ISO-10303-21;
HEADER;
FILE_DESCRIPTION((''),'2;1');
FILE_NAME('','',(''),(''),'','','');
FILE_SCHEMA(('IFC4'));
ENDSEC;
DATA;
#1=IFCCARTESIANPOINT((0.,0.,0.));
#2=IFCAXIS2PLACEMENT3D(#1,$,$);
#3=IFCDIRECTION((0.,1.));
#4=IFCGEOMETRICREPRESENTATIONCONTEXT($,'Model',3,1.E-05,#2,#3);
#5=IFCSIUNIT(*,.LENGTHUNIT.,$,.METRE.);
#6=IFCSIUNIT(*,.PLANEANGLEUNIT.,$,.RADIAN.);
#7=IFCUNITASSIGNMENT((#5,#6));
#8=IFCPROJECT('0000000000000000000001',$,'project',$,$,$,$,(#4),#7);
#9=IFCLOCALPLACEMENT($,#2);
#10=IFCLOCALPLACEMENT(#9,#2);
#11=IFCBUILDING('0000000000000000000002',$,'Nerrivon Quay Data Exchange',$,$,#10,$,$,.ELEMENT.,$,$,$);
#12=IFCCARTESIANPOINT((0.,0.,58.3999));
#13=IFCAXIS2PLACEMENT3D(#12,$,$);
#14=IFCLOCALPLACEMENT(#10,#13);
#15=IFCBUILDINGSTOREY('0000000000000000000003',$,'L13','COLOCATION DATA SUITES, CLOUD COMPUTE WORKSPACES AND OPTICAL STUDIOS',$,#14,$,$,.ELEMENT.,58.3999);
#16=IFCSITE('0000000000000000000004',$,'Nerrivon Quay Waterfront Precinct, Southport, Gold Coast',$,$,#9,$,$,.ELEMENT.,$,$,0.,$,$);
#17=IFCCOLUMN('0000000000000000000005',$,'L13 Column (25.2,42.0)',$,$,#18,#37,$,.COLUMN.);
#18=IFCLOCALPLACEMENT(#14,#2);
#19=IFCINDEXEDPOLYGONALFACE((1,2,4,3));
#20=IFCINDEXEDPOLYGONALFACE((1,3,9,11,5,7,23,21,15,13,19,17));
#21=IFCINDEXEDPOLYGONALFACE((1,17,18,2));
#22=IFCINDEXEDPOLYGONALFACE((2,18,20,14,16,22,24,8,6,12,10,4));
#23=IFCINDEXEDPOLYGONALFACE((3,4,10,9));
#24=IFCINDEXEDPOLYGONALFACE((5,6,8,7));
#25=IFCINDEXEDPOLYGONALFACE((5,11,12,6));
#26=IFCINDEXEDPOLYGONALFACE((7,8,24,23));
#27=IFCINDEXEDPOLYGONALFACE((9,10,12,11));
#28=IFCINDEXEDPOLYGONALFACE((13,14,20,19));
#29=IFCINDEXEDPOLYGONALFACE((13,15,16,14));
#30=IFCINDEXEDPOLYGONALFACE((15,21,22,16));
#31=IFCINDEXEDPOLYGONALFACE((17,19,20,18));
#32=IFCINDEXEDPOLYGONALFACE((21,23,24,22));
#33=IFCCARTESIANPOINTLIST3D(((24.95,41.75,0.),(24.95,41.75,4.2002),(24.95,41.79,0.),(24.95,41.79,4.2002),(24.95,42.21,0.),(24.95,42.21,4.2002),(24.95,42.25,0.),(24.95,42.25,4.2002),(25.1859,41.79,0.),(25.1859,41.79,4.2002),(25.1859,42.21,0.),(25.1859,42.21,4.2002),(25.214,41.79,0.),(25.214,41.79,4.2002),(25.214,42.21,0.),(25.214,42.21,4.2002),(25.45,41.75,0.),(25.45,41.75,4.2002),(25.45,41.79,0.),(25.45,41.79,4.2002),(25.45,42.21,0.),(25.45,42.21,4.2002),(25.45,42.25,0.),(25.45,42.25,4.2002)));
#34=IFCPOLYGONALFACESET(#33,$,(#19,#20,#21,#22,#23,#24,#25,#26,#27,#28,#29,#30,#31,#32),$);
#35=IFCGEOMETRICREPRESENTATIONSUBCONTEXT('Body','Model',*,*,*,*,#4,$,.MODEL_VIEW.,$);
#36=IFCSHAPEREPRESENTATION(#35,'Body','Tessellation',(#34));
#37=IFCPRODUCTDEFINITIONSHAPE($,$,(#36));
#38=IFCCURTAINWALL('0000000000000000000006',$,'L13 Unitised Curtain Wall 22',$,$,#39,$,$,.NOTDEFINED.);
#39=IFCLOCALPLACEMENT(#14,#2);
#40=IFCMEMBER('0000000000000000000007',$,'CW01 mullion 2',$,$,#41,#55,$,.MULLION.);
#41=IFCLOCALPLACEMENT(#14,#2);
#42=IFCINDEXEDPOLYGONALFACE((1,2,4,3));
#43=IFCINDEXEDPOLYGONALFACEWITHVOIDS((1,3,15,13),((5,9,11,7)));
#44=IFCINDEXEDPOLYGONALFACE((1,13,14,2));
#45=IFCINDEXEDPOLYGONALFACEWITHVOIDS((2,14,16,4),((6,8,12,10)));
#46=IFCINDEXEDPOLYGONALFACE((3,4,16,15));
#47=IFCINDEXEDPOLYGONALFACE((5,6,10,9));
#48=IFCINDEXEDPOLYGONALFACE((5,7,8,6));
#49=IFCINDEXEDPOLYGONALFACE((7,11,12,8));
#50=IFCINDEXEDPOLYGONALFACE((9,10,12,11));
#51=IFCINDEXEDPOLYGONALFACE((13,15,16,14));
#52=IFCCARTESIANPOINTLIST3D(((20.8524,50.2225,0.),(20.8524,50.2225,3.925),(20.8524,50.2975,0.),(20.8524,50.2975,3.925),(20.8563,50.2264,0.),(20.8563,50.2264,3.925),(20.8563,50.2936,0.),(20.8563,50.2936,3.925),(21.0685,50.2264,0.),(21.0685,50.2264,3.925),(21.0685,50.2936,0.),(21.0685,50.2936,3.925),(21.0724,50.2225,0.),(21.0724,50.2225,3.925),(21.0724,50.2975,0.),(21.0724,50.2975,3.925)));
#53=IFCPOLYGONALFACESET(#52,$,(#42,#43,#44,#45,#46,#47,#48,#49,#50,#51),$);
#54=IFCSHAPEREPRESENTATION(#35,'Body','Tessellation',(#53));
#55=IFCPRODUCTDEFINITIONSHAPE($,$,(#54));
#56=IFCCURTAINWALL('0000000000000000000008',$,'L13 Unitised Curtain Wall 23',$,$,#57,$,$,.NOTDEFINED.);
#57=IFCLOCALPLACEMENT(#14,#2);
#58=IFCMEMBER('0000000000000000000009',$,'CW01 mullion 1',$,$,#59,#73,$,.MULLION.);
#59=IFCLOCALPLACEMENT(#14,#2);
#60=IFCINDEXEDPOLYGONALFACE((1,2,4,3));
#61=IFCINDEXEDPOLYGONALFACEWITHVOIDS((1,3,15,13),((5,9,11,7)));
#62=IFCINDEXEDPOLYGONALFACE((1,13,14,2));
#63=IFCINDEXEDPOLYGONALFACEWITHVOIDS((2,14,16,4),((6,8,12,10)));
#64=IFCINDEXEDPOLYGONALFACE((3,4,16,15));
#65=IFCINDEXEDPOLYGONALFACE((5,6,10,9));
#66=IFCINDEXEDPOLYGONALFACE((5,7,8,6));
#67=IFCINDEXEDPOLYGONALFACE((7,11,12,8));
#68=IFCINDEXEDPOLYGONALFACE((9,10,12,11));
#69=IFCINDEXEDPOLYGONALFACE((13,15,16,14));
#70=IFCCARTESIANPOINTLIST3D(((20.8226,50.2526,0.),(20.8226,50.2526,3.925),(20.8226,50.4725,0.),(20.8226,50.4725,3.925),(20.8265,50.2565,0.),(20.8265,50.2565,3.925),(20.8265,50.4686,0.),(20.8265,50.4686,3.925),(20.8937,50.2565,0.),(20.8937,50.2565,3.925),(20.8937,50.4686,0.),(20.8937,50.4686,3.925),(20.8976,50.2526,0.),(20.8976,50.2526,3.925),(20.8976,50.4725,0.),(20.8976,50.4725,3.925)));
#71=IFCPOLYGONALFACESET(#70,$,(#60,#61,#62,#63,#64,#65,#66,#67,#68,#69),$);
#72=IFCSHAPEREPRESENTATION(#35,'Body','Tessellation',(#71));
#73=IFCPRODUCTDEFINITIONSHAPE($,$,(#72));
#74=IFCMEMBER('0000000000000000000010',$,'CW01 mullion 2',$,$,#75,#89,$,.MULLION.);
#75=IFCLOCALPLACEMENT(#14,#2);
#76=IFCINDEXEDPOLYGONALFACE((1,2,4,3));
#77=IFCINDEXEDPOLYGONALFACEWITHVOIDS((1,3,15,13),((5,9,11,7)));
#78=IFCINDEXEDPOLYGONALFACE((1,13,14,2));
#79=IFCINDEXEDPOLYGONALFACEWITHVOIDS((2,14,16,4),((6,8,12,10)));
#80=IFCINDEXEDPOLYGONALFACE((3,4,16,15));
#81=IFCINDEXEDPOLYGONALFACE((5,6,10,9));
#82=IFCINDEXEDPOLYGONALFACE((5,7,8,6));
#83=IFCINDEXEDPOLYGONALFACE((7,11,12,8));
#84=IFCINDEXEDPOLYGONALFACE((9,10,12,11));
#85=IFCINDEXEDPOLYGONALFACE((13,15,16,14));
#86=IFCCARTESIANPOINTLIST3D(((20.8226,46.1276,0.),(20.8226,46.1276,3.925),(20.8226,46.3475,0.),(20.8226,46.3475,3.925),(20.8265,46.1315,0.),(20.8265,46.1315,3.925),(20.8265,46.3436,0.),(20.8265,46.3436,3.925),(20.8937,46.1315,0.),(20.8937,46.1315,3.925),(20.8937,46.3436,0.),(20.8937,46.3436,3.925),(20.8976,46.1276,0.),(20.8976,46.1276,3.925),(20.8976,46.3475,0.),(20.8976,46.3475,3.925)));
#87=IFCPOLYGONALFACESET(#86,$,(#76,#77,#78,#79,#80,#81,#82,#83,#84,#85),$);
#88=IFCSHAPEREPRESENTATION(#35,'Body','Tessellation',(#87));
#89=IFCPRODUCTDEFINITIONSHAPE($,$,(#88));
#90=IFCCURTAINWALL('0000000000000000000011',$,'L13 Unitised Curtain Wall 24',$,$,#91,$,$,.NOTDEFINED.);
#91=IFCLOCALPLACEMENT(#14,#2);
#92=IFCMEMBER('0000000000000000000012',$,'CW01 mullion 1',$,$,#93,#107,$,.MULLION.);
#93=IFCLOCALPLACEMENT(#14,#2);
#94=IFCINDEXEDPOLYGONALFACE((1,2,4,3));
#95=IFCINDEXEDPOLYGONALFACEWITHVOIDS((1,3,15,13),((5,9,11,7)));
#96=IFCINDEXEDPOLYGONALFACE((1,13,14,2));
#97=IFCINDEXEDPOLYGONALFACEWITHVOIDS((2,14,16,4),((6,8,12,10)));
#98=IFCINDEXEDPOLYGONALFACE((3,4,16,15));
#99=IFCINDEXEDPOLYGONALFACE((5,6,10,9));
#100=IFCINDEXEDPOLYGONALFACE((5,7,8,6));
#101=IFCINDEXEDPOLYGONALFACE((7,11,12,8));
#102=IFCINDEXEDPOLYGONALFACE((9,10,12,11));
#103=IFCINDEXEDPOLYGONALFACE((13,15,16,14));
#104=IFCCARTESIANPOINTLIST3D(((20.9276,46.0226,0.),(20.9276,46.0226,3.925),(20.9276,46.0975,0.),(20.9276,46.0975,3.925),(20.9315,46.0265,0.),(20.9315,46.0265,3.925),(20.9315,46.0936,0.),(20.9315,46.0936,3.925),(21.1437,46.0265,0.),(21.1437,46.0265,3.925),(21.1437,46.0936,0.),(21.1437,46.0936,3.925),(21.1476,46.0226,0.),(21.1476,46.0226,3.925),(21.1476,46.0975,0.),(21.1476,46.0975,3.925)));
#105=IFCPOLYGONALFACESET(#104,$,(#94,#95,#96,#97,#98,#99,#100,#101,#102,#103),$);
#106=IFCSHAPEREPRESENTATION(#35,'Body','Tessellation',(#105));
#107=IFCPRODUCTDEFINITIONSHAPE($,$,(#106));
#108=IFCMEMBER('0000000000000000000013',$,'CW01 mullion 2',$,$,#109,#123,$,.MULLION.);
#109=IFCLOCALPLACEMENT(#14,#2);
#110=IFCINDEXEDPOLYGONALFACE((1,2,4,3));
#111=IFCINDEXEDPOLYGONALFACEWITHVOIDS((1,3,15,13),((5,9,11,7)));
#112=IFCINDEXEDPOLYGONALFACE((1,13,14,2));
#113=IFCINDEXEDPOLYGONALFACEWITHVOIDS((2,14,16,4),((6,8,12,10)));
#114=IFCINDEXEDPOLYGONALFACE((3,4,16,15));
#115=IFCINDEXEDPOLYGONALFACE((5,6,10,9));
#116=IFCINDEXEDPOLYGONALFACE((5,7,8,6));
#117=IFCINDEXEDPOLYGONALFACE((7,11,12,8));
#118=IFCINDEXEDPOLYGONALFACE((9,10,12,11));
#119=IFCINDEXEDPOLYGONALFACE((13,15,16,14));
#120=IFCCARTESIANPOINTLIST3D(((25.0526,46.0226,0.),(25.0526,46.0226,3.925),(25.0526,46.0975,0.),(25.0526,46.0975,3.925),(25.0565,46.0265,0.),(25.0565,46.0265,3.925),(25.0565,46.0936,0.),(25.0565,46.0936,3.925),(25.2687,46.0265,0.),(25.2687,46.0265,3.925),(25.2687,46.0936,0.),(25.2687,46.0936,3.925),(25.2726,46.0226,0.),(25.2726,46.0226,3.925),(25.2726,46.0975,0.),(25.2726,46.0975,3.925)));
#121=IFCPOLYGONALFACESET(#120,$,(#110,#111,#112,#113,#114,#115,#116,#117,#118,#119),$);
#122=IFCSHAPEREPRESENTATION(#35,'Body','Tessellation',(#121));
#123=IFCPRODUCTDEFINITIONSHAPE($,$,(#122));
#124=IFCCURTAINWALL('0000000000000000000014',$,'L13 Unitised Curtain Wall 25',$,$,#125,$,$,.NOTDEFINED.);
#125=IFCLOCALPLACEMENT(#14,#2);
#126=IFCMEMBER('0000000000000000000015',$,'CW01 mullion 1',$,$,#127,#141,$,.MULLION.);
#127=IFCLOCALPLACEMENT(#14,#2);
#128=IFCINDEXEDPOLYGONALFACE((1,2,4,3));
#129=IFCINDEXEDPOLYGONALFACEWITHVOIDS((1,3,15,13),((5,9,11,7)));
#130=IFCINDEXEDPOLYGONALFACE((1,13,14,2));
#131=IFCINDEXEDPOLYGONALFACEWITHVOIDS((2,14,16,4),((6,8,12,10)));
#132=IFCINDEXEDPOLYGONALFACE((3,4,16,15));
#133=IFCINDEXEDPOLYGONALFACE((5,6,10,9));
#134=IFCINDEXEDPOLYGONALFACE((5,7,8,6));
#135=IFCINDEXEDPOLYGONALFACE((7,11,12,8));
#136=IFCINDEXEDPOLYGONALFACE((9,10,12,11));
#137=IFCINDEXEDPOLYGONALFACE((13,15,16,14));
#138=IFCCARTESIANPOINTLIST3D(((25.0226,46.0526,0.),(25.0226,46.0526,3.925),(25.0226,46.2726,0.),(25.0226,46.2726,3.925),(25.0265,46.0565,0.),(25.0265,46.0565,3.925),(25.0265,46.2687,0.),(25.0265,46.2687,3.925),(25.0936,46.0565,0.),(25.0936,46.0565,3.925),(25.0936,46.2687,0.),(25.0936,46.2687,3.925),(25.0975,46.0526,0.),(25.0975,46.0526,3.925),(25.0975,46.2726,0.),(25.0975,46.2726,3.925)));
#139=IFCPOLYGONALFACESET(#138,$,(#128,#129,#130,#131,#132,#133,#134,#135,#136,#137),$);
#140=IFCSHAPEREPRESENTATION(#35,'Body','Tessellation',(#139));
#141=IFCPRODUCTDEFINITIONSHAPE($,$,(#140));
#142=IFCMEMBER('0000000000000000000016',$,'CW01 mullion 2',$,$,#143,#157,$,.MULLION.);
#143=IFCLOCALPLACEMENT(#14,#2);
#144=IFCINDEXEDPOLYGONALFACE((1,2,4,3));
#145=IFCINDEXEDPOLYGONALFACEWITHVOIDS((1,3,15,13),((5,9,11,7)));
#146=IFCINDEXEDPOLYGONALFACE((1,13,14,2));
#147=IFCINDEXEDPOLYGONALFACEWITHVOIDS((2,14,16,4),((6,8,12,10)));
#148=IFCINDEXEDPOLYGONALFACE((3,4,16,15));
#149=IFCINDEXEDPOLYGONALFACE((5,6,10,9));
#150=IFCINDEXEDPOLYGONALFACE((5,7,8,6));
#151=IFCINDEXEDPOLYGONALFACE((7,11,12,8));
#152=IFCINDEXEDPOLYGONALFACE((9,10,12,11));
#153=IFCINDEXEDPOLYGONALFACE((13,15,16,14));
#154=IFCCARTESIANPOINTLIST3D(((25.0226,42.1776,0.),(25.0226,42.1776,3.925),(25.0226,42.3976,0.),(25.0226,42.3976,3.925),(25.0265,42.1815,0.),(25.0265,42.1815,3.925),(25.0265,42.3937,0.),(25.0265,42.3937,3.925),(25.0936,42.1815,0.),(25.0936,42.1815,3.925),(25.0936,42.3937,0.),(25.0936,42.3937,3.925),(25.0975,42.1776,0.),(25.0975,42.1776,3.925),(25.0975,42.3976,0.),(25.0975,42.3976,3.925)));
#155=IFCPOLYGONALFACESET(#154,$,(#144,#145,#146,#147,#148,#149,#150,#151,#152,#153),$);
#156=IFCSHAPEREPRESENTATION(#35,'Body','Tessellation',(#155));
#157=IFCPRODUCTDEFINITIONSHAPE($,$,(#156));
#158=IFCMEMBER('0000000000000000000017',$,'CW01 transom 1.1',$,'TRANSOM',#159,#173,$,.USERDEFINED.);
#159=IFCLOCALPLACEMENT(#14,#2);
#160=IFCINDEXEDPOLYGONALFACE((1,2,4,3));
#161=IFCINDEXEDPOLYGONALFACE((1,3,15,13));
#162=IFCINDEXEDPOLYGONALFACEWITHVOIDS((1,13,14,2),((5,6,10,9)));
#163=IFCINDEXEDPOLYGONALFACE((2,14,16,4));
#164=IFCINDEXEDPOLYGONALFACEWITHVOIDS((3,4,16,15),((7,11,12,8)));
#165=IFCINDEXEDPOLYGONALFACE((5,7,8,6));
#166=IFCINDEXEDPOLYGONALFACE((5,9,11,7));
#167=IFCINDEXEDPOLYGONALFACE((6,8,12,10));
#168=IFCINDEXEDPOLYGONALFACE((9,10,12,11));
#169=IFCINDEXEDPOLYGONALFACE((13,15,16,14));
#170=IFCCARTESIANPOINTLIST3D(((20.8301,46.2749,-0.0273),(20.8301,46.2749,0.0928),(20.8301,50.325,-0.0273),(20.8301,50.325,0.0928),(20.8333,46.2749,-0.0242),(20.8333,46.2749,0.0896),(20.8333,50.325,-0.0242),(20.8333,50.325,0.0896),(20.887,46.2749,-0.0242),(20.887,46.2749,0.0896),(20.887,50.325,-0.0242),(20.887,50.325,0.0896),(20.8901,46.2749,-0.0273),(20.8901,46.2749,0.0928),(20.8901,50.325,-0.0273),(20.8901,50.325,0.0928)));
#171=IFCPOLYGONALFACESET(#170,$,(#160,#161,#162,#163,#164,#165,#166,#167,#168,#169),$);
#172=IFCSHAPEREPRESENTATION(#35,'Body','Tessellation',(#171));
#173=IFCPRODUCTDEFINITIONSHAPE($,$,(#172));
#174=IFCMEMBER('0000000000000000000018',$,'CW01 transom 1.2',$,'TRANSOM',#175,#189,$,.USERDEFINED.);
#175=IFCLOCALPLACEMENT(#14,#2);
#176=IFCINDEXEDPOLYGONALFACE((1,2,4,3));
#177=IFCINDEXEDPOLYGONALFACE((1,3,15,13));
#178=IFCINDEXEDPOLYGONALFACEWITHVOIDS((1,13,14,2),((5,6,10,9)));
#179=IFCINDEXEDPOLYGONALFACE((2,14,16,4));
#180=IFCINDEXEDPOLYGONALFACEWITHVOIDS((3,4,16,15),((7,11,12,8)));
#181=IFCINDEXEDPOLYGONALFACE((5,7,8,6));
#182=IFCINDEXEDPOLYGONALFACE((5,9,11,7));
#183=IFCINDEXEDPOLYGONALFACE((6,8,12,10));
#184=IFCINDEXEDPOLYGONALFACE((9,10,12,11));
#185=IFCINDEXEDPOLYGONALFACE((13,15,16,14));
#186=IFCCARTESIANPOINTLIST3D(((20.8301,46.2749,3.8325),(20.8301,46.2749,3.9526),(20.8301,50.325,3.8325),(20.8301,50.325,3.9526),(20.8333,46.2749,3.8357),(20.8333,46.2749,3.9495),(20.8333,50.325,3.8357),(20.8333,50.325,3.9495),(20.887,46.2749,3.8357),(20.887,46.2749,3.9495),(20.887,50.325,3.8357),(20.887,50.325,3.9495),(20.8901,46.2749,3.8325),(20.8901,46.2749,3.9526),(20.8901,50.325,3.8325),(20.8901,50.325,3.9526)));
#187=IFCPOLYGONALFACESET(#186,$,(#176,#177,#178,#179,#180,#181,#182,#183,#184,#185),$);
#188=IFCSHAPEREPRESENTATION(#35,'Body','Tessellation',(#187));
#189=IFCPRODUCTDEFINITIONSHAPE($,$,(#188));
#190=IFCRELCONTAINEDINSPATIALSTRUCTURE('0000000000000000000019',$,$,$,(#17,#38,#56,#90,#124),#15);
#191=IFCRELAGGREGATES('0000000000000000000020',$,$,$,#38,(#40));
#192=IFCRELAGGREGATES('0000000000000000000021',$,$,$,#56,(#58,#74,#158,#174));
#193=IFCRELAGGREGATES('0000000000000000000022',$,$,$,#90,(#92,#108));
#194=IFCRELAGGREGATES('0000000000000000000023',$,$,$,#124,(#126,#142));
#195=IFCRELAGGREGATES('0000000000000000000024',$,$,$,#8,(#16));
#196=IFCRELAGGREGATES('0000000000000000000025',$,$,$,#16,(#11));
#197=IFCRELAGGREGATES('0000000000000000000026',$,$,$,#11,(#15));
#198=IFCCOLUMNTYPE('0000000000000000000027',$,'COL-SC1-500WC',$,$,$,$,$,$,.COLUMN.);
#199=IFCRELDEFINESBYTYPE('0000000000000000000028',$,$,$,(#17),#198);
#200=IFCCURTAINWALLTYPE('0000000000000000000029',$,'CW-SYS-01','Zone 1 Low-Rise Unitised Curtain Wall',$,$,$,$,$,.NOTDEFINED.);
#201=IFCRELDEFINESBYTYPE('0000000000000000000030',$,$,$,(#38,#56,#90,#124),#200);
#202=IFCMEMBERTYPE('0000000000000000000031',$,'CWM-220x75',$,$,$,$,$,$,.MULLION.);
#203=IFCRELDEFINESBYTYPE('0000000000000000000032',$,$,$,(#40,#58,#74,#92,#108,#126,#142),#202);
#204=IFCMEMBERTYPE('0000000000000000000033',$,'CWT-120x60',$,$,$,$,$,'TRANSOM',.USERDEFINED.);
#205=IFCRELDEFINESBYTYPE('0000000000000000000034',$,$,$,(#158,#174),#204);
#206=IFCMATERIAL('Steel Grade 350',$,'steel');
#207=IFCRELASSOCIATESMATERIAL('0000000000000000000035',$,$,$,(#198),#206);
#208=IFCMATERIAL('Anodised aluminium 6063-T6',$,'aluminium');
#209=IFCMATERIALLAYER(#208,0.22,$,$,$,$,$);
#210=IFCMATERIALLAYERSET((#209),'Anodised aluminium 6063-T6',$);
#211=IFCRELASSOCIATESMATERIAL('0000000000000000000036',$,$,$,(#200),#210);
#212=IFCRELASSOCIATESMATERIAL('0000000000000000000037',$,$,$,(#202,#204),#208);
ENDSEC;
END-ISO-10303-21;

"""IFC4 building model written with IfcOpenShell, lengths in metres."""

from ifc_helpers import new_model, si_unit, direction, frame, origin, origin_2d, place, context, subcontext, project, spatial, hollow_rectangle, i_section, extrude, material, layer, layer_set, material_profile, profile_set, type_object, element, aggregate, save


model = new_model("IFC4")

# Units and contexts
model_context = context("Model", 3, precision=1e-05, world=origin(), true_north=direction((0.0, 1.0)))
body_context = subcontext(model_context, "Body", "Model", "MODEL_VIEW")
ifc_project = project(units=[si_unit("LENGTHUNIT", "METRE"), si_unit("PLANEANGLEUNIT", "RADIAN")], contexts=[model_context])

# Site, building, storey
site_placement = place(None, origin())
site = spatial("IfcSite", under=ifc_project, at=site_placement, Name="Nerrivon Quay Waterfront Precinct, Southport, Gold Coast", CompositionType="ELEMENT", RefElevation=0.0)
building_placement = place(site_placement, origin())
building = spatial("IfcBuilding", under=site, at=building_placement, Name="Nerrivon Quay Data Exchange", CompositionType="ELEMENT")
storey_placement = place(building_placement, frame((0.0, 0.0, 58.3999)))
storey = spatial("IfcBuildingStorey", under=building, at=storey_placement, Name="L13", Description="COLOCATION DATA SUITES, CLOUD COMPUTE WORKSPACES AND OPTICAL STUDIOS", CompositionType="ELEMENT", Elevation=58.3999)

# Column
ifc_material_1 = material(Name="Steel Grade 350", Category="steel")
ifc_material_profile_1 = material_profile(ifc_material_1, i_section(OverallWidth=0.5, OverallDepth=0.5, WebThickness=0.0281, FlangeThickness=0.04, at=origin_2d()), Name="500WC440")
ifc_profile_set_1 = profile_set([ifc_material_profile_1], Name="Steel Grade 350")
column_type = type_object("IfcColumnType", Name="COL-SC1-500WC", PredefinedType="COLUMN", material=ifc_profile_set_1)
column_placement = place(storey_placement, frame((25.2, 42.0, 0.0), z_axis=(0.0, 0.0, 1.0), x_axis=(1.0, 0.0, 0.0)))
element("IfcColumn", 1, at=column_placement, inside=storey, type_object=column_type, Name="L13 Column (25.2,42.0)", PredefinedType="COLUMN", context=body_context, shape_type="SweptSolid", body=[
    extrude(i_section(OverallWidth=0.5, OverallDepth=0.5, WebThickness=0.0281, FlangeThickness=0.04, at=origin_2d()), origin(), (0.0, 0.0, 1.0), 4.2002),
])

# Curtain wall, member
ifc_material_2 = material(Name="Anodised aluminium 6063-T6", Category="aluminium")
ifc_layer_1 = layer(ifc_material_2, 0.22)
ifc_layer_set_1 = layer_set([ifc_layer_1], Name="Anodised aluminium 6063-T6")
curtain_wall_type = type_object("IfcCurtainWallType", Name="CW-SYS-01", Description="Zone 1 Low-Rise Unitised Curtain Wall", PredefinedType="NOTDEFINED", material=ifc_layer_set_1)
curtain_wall_1_placement = place(storey_placement, origin())
curtain_wall_1 = element("IfcCurtainWall", 2, at=curtain_wall_1_placement, inside=storey, type_object=curtain_wall_type, Name="L13 Unitised Curtain Wall 22", PredefinedType="NOTDEFINED")
ifc_material_profile_2 = material_profile(ifc_material_2, hollow_rectangle(XDim=0.075, YDim=0.22, WallThickness=0.0039, at=origin_2d()), Name="ALU-MULL-220x75")
ifc_profile_set_2 = profile_set([ifc_material_profile_2], Name="Anodised aluminium 6063-T6")
member_type_1 = type_object("IfcMemberType", Name="CWM-220x75", PredefinedType="MULLION", material=ifc_profile_set_2)
member_1_placement = place(storey_placement, frame((20.9624, 50.26, 0.0), z_axis=(0.0, 0.0, 1.0), x_axis=(0.0, 1.0, 0.0)))
member_1 = element("IfcMember", 3, at=member_1_placement, type_object=member_type_1, Name="CW01 mullion 2", PredefinedType="MULLION", context=body_context, shape_type="SweptSolid", body=[
    extrude(hollow_rectangle(XDim=0.075, YDim=0.22, WallThickness=0.0039, at=origin_2d()), origin(), (0.0, 0.0, 1.0), 3.925),
])

# Curtain walls, members
curtain_wall_2_placement = place(storey_placement, origin())
curtain_wall_2 = element("IfcCurtainWall", 4, at=curtain_wall_2_placement, inside=storey, type_object=curtain_wall_type, Name="L13 Unitised Curtain Wall 23", PredefinedType="NOTDEFINED")
member_2_placement = place(storey_placement, frame((20.8601, 50.3625, 0.0), z_axis=(0.0, 0.0, 1.0), x_axis=(1.0, 0.0, 0.0)))
member_2 = element("IfcMember", 5, at=member_2_placement, type_object=member_type_1, Name="CW01 mullion 1", PredefinedType="MULLION", context=body_context, shape_type="SweptSolid", body=[
    extrude(hollow_rectangle(XDim=0.075, YDim=0.22, WallThickness=0.0039, at=origin_2d()), origin(), (0.0, 0.0, 1.0), 3.925),
])
member_3_placement = place(storey_placement, frame((20.8601, 46.2375, 0.0), z_axis=(0.0, 0.0, 1.0), x_axis=(1.0, 0.0, 0.0)))
member_3 = element("IfcMember", 6, at=member_3_placement, type_object=member_type_1, Name="CW01 mullion 2", PredefinedType="MULLION", context=body_context, shape_type="SweptSolid", body=[
    extrude(hollow_rectangle(XDim=0.075, YDim=0.22, WallThickness=0.0039, at=origin_2d()), origin(), (0.0, 0.0, 1.0), 3.925),
])
curtain_wall_3_placement = place(storey_placement, origin())
curtain_wall_3 = element("IfcCurtainWall", 7, at=curtain_wall_3_placement, inside=storey, type_object=curtain_wall_type, Name="L13 Unitised Curtain Wall 24", PredefinedType="NOTDEFINED")
member_4_placement = place(storey_placement, frame((21.0376, 46.0601, 0.0), z_axis=(0.0, 0.0, 1.0), x_axis=(0.0, 1.0, 0.0)))
member_4 = element("IfcMember", 8, at=member_4_placement, type_object=member_type_1, Name="CW01 mullion 1", PredefinedType="MULLION", context=body_context, shape_type="SweptSolid", body=[
    extrude(hollow_rectangle(XDim=0.075, YDim=0.22, WallThickness=0.0039, at=origin_2d()), origin(), (0.0, 0.0, 1.0), 3.925),
])
member_5_placement = place(storey_placement, frame((25.1626, 46.0601, 0.0), z_axis=(0.0, 0.0, 1.0), x_axis=(0.0, 1.0, 0.0)))
member_5 = element("IfcMember", 9, at=member_5_placement, type_object=member_type_1, Name="CW01 mullion 2", PredefinedType="MULLION", context=body_context, shape_type="SweptSolid", body=[
    extrude(hollow_rectangle(XDim=0.075, YDim=0.22, WallThickness=0.0039, at=origin_2d()), origin(), (0.0, 0.0, 1.0), 3.925),
])
curtain_wall_4_placement = place(storey_placement, origin())
curtain_wall_4 = element("IfcCurtainWall", 10, at=curtain_wall_4_placement, inside=storey, type_object=curtain_wall_type, Name="L13 Unitised Curtain Wall 25", PredefinedType="NOTDEFINED")
member_6_placement = place(storey_placement, frame((25.0601, 46.1626, 0.0), z_axis=(0.0, 0.0, 1.0), x_axis=(1.0, 0.0, 0.0)))
member_6 = element("IfcMember", 11, at=member_6_placement, type_object=member_type_1, Name="CW01 mullion 1", PredefinedType="MULLION", context=body_context, shape_type="SweptSolid", body=[
    extrude(hollow_rectangle(XDim=0.075, YDim=0.22, WallThickness=0.0039, at=origin_2d()), origin(), (0.0, 0.0, 1.0), 3.925),
])
member_7_placement = place(storey_placement, frame((25.0601, 42.2876, 0.0), z_axis=(0.0, 0.0, 1.0), x_axis=(1.0, 0.0, 0.0)))
member_7 = element("IfcMember", 12, at=member_7_placement, type_object=member_type_1, Name="CW01 mullion 2", PredefinedType="MULLION", context=body_context, shape_type="SweptSolid", body=[
    extrude(hollow_rectangle(XDim=0.075, YDim=0.22, WallThickness=0.0039, at=origin_2d()), origin(), (0.0, 0.0, 1.0), 3.925),
])

# Members
ifc_material_profile_3 = material_profile(ifc_material_2, hollow_rectangle(XDim=0.0601, YDim=0.1201, WallThickness=0.0032, at=origin_2d()), Name="ALU-TRAN-120x60")
ifc_profile_set_3 = profile_set([ifc_material_profile_3], Name="Anodised aluminium 6063-T6")
member_type_2 = type_object("IfcMemberType", Name="CWT-120x60", ElementType="TRANSOM", PredefinedType="USERDEFINED", material=ifc_profile_set_3)
member_8_placement = place(storey_placement, frame((20.8601, 50.325, 0.0327), z_axis=(0.0, -1.0, 0.0), x_axis=(1.0, 0.0, 0.0)))
member_8 = element("IfcMember", 13, at=member_8_placement, type_object=member_type_2, Name="CW01 transom 1.1", ObjectType="TRANSOM", PredefinedType="USERDEFINED", context=body_context, shape_type="SweptSolid", body=[
    extrude(hollow_rectangle(XDim=0.0601, YDim=0.1201, WallThickness=0.0032, at=origin_2d()), origin(), (0.0, 0.0, 1.0), 4.05),
])
member_9_placement = place(storey_placement, frame((20.8601, 50.325, 3.8926), z_axis=(0.0, -1.0, 0.0), x_axis=(1.0, 0.0, 0.0)))
member_9 = element("IfcMember", 14, at=member_9_placement, type_object=member_type_2, Name="CW01 transom 1.2", ObjectType="TRANSOM", PredefinedType="USERDEFINED", context=body_context, shape_type="SweptSolid", body=[
    extrude(hollow_rectangle(XDim=0.0601, YDim=0.1201, WallThickness=0.0032, at=origin_2d()), origin(), (0.0, 0.0, 1.0), 4.05),
])

aggregate(curtain_wall_1, [member_1])
aggregate(curtain_wall_2, [member_2, member_3, member_8, member_9])
aggregate(curtain_wall_3, [member_4, member_5])
aggregate(curtain_wall_4, [member_6, member_7])

save(model, "model.ifc")
